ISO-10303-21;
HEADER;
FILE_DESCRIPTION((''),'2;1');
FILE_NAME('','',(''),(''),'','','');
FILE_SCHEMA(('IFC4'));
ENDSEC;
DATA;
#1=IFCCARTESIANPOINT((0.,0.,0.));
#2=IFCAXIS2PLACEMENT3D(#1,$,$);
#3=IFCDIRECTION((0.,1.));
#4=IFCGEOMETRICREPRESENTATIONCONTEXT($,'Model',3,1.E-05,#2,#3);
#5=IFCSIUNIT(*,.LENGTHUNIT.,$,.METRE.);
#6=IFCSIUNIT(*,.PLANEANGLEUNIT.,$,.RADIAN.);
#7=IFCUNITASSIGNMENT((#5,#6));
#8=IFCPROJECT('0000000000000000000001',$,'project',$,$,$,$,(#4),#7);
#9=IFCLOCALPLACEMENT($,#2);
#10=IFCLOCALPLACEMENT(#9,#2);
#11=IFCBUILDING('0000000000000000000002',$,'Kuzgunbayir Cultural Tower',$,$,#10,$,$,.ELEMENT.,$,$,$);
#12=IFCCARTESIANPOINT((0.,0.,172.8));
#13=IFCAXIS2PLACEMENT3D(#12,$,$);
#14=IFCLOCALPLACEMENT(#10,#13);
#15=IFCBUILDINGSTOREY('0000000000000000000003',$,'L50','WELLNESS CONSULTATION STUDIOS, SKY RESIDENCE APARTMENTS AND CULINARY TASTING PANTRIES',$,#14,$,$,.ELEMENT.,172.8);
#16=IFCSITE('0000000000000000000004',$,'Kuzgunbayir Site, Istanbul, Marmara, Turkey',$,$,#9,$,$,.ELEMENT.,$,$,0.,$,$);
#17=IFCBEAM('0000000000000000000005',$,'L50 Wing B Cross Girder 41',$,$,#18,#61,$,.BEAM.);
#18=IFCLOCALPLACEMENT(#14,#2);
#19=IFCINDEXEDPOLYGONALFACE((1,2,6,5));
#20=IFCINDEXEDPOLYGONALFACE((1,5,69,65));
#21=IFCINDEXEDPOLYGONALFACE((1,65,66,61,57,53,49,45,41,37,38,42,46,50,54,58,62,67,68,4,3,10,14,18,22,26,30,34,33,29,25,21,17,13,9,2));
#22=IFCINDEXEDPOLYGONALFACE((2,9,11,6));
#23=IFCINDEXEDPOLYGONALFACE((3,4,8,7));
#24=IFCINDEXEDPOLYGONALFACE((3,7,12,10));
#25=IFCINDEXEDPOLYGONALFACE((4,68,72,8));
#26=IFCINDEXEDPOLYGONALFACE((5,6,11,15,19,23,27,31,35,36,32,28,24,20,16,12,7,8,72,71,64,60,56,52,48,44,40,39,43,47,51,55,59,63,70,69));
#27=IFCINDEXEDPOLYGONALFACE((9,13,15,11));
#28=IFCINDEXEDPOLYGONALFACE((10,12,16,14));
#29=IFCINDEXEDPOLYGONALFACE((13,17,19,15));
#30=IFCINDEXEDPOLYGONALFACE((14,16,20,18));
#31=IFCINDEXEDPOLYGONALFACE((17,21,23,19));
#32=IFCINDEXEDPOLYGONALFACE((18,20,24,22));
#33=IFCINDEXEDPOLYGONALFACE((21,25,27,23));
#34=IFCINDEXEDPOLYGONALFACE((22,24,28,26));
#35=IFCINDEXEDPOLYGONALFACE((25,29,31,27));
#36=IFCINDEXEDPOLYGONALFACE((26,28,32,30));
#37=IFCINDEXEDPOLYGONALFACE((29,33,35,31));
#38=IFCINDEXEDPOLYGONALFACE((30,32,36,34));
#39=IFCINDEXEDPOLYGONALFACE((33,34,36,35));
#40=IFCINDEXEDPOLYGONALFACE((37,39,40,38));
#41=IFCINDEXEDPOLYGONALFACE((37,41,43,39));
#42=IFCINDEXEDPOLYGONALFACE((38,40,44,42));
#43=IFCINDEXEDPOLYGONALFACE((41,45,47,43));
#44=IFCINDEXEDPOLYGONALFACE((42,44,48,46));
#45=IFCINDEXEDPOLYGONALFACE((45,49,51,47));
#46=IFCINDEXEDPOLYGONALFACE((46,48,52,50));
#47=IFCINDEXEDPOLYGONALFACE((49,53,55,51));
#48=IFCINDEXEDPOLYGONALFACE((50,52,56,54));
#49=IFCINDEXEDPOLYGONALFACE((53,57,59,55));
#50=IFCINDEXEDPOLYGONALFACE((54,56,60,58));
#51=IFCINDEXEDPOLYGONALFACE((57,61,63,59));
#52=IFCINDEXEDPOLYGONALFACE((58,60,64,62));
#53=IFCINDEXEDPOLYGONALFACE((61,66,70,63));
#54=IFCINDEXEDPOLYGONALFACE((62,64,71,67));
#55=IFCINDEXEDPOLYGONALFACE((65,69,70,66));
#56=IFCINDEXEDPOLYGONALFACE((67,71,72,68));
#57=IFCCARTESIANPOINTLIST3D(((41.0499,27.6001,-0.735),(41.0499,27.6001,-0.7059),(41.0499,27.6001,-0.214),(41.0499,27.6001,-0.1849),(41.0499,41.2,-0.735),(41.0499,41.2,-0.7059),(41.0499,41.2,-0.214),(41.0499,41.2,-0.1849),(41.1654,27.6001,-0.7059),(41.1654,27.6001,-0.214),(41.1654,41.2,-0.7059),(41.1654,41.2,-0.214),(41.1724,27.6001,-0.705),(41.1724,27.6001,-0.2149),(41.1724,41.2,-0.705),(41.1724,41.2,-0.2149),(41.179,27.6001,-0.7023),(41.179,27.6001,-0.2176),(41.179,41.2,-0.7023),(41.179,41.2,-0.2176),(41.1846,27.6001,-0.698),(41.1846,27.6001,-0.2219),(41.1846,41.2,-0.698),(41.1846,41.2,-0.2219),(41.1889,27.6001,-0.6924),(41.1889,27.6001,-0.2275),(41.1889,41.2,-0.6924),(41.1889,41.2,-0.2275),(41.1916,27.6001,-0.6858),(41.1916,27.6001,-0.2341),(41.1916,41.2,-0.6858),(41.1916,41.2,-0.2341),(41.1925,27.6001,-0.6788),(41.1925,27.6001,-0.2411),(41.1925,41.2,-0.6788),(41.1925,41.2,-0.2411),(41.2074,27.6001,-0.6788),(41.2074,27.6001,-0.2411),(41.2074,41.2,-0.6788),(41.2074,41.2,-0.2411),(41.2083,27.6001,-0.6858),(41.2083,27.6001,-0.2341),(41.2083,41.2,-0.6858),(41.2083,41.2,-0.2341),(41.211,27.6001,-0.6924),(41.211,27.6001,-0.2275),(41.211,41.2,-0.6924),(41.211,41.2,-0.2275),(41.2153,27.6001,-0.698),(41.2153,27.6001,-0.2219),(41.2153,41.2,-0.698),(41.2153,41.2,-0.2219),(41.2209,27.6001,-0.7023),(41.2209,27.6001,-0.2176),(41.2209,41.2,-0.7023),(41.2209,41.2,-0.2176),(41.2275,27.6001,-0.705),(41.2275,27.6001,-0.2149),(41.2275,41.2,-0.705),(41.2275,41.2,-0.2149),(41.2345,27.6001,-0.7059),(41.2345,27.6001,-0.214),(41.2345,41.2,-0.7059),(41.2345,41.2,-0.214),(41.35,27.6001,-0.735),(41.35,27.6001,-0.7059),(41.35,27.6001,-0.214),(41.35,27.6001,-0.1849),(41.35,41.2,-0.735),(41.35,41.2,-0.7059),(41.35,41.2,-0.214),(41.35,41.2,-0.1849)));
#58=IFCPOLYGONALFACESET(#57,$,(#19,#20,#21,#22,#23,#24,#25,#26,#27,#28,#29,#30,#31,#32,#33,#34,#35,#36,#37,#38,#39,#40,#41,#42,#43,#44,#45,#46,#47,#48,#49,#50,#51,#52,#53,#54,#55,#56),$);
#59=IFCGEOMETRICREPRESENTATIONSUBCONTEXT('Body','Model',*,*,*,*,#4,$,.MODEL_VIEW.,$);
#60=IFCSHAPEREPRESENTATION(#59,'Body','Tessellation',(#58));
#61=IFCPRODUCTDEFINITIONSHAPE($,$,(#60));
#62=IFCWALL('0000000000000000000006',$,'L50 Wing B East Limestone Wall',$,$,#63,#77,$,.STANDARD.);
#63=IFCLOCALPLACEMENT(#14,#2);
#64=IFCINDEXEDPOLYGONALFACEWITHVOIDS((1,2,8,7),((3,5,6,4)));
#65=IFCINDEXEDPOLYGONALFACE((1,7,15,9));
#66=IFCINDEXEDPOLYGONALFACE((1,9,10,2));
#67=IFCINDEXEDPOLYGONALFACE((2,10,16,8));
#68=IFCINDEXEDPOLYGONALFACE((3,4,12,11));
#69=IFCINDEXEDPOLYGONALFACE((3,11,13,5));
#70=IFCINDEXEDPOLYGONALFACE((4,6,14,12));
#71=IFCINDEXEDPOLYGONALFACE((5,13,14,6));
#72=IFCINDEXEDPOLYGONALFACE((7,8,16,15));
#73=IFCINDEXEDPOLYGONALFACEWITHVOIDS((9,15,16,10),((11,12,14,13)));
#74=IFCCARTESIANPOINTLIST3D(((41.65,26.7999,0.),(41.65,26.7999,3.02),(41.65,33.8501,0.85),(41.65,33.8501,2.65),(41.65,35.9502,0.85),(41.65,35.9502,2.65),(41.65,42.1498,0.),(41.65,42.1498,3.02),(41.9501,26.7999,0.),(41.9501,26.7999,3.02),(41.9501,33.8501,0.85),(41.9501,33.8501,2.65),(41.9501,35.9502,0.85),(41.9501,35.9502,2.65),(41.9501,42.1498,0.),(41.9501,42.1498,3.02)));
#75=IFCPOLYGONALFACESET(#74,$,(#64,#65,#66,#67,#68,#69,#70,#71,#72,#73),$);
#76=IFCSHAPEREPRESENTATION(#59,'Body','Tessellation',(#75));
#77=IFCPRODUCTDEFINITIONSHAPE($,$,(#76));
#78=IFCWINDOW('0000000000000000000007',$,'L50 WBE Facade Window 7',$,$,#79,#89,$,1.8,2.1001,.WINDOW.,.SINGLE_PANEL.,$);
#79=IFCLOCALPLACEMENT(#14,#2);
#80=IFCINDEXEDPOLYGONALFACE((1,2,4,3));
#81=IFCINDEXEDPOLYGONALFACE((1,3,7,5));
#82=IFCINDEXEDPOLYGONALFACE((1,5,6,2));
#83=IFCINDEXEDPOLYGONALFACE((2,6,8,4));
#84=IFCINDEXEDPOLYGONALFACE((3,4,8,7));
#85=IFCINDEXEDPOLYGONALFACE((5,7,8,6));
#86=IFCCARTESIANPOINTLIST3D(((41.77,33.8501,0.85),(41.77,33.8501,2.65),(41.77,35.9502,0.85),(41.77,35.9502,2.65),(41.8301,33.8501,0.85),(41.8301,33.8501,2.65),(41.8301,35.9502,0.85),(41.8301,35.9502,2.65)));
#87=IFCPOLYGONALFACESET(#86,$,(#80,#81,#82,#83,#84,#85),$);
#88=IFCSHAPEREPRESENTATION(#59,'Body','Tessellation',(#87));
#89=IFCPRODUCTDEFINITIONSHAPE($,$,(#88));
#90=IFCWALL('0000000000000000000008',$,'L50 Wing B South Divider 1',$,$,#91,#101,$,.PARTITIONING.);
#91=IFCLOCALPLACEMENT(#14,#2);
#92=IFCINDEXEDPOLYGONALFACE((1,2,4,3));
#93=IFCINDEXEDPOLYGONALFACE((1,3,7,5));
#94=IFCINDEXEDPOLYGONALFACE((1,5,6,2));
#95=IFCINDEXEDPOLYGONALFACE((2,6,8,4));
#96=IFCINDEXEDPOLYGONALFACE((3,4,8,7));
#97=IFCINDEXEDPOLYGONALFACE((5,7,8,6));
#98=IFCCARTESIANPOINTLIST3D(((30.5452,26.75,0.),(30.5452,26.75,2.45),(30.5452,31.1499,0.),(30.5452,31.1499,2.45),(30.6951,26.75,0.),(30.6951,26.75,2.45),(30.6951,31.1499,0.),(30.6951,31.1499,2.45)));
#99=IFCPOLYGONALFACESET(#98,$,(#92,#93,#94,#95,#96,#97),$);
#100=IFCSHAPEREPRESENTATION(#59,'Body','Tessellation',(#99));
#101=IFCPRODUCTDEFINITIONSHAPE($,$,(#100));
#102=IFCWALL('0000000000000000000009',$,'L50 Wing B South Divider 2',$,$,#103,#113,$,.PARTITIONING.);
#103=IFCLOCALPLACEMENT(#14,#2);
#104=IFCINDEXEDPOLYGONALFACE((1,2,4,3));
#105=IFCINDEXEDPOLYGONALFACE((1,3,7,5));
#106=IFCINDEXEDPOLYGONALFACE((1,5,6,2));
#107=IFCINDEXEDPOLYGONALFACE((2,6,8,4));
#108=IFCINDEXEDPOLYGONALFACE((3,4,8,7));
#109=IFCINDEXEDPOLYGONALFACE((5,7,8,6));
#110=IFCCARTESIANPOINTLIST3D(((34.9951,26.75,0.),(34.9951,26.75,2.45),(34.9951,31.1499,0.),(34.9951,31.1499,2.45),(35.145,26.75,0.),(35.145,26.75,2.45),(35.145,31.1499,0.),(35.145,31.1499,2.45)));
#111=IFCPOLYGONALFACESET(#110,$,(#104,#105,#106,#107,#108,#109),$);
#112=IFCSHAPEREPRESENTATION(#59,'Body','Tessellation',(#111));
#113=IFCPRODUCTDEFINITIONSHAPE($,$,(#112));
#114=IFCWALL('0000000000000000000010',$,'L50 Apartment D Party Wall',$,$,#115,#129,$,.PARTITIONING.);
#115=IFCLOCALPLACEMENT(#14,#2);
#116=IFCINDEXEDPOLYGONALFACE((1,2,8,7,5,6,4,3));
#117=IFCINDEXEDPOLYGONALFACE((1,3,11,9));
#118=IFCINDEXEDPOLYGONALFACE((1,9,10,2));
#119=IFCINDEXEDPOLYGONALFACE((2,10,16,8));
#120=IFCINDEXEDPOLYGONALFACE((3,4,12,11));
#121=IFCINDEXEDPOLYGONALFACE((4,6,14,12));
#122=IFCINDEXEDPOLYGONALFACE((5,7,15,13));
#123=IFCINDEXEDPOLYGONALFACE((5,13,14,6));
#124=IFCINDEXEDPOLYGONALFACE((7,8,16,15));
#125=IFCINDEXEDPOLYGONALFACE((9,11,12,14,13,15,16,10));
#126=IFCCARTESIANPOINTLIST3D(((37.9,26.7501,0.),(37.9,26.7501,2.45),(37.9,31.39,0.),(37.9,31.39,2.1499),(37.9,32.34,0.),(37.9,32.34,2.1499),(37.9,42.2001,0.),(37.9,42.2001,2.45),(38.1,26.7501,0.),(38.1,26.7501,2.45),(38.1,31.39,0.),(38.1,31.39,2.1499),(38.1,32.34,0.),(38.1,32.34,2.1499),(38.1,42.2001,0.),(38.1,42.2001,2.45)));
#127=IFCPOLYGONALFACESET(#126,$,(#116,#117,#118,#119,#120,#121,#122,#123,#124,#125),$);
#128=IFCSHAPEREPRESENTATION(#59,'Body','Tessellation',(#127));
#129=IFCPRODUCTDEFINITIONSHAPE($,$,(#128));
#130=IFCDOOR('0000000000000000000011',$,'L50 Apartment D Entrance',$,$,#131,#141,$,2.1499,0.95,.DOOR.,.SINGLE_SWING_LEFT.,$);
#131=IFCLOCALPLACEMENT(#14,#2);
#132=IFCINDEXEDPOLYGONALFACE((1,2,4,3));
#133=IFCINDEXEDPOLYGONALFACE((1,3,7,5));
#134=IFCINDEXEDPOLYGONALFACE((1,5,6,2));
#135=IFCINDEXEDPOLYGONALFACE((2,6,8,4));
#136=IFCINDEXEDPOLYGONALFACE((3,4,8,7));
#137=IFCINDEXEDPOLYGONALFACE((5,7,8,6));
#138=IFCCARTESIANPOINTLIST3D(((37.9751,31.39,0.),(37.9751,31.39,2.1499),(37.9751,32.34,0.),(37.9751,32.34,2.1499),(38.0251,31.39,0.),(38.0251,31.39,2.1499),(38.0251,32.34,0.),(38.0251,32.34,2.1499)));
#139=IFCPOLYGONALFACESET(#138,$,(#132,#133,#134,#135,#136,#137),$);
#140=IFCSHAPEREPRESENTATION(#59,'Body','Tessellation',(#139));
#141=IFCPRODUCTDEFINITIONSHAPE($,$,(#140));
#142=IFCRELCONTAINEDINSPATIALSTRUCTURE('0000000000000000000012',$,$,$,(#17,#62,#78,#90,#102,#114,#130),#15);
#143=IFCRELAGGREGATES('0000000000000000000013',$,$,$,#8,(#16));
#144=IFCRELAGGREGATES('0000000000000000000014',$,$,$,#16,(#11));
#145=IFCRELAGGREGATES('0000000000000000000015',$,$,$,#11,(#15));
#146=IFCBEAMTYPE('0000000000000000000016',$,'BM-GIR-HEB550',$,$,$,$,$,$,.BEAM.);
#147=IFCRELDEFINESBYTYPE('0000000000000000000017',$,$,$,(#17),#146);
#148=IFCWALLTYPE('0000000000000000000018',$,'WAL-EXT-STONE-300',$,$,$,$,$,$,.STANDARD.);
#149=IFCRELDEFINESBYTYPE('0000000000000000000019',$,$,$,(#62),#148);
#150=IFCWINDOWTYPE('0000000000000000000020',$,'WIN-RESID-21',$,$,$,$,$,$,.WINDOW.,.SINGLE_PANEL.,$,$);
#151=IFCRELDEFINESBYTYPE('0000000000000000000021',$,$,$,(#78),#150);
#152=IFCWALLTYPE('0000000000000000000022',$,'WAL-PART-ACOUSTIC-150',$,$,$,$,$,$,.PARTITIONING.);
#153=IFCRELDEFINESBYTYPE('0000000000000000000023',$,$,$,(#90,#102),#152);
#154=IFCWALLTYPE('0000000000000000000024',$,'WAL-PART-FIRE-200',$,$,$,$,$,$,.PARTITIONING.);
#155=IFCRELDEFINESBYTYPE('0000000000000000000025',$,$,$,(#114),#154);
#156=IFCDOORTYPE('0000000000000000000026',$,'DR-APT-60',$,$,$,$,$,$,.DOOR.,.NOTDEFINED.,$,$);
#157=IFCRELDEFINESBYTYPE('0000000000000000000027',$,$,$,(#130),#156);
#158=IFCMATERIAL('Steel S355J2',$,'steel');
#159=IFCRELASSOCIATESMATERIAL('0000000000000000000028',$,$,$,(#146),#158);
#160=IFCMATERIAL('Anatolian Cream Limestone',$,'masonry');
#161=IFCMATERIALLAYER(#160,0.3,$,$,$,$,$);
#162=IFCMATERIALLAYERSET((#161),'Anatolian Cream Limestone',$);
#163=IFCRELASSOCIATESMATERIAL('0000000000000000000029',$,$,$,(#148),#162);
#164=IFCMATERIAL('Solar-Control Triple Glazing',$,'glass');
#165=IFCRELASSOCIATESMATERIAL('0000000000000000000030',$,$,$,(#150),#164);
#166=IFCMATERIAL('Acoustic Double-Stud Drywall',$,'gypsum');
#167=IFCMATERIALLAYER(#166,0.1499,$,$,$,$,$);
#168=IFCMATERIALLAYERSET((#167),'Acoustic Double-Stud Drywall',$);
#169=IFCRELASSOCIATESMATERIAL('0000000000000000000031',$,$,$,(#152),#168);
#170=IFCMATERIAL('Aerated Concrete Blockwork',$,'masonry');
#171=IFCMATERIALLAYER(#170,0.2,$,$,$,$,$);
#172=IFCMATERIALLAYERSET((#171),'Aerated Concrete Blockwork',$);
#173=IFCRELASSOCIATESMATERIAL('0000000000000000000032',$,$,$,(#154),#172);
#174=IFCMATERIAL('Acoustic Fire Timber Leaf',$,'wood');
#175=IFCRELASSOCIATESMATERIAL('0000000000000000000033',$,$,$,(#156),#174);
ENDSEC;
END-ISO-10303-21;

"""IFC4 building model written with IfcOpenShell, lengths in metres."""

from ifc_helpers import new_model, si_unit, direction, frame, frame_2d, origin, origin_2d, place, context, subcontext, project, spatial, rectangle, i_section, extrude, material, layer, layer_set, material_profile, profile_set, type_object, element, fill, save


model = new_model("IFC4")

# Units and contexts
model_context = context("Model", 3, precision=1e-05, world=origin(), true_north=direction((0.0, 1.0)))
body_context = subcontext(model_context, "Body", "Model", "MODEL_VIEW")
ifc_project = project(units=[si_unit("LENGTHUNIT", "METRE"), si_unit("PLANEANGLEUNIT", "RADIAN")], contexts=[model_context])

# Site, building, storey
site_placement = place(None, origin())
site = spatial("IfcSite", under=ifc_project, at=site_placement, Name="Kuzgunbayir Site, Istanbul, Marmara, Turkey", CompositionType="ELEMENT", RefElevation=0.0)
building_placement = place(site_placement, origin())
building = spatial("IfcBuilding", under=site, at=building_placement, Name="Kuzgunbayir Cultural Tower", CompositionType="ELEMENT")
storey_placement = place(building_placement, frame((0.0, 0.0, 172.8)))
storey = spatial("IfcBuildingStorey", under=building, at=storey_placement, Name="L50", Description="WELLNESS CONSULTATION STUDIOS, SKY RESIDENCE APARTMENTS AND CULINARY TASTING PANTRIES", CompositionType="ELEMENT", Elevation=172.8)

# Beam
ifc_material_1 = material(Name="Steel S355J2", Category="steel")
ifc_material_profile_1 = material_profile(ifc_material_1, i_section(OverallWidth=0.3, OverallDepth=0.55, WebThickness=0.0149, FlangeThickness=0.0291, FilletRadius=0.0271, at=origin_2d()), Name="HEB 550")
ifc_profile_set_1 = profile_set([ifc_material_profile_1], Name="Steel S355J2")
beam_type_1 = type_object("IfcBeamType", Name="BM-GIR-HEB550", PredefinedType="BEAM", material=ifc_profile_set_1)
beam_1_placement = place(storey_placement, frame((41.2, 27.6001, -0.46), z_axis=(0.0, 1.0, 0.0), x_axis=(-1.0, 0.0, 0.0)))
element("IfcBeam", 1, at=beam_1_placement, inside=storey, type_object=beam_type_1, Name="L50 Wing B Cross Girder 41", PredefinedType="BEAM", context=body_context, shape_type="SweptSolid", body=[
    extrude(i_section(OverallWidth=0.3, OverallDepth=0.55, WebThickness=0.0149, FlangeThickness=0.0291, FilletRadius=0.0271, at=origin_2d()), origin(), (0.0, 0.0, 1.0), 13.5999),
])

# Wall, opening, window
ifc_material_2 = material(Name="Anatolian Cream Limestone", Category="masonry")
ifc_layer_1 = layer(ifc_material_2, 0.3)
ifc_layer_set_1 = layer_set([ifc_layer_1], Name="Anatolian Cream Limestone")
wall_type_1 = type_object("IfcWallType", Name="WAL-EXT-STONE-300", PredefinedType="STANDARD", material=ifc_layer_set_1)
wall_1_placement = place(storey_placement, frame((41.8, 26.8, 0.0), z_axis=(0.0, 0.0, 1.0), x_axis=(0.0, 1.0, 0.0)))
wall_1 = element("IfcWall", 2, at=wall_1_placement, inside=storey, type_object=wall_type_1, Name="L50 Wing B East Limestone Wall", PredefinedType="STANDARD", context=body_context, shape_type="SweptSolid", body=[
    extrude(rectangle(XDim=15.3499, YDim=0.3, at=frame_2d((7.6748, 0.0))), origin(), (0.0, 0.0, 1.0), 3.02),
])
opening_1_placement = place(wall_1_placement, frame((7.05, 0.0, 0.8501)))
opening_1 = element("IfcOpeningElement", 3, at=opening_1_placement, cuts=wall_1, PredefinedType="OPENING", context=body_context, shape_type="SweptSolid", body=[
    extrude(rectangle(XDim=2.1001, YDim=1.8, at=frame_2d((1.05, 0.8999))), frame((0.0, 0.1602, 0.0), z_axis=(0.0, -1.0, 0.0), x_axis=(1.0, 0.0, 0.0)), (0.0, 0.0, 1.0), 0.3201),
])
ifc_material_3 = material(Name="Solar-Control Triple Glazing", Category="glass")
window_type = type_object("IfcWindowType", Name="WIN-RESID-21", PartitioningType="SINGLE_PANEL", PredefinedType="WINDOW", material=ifc_material_3)
window_placement = place(opening_1_placement, origin())
window = element("IfcWindow", 4, at=window_placement, inside=storey, type_object=window_type, Name="L50 WBE Facade Window 7", OverallHeight=1.8, OverallWidth=2.1001, PartitioningType="SINGLE_PANEL", PredefinedType="WINDOW", context=body_context, shape_type="SweptSolid", body=[
    extrude(rectangle(XDim=2.1001, YDim=1.8, at=frame_2d((1.05, 0.8999))), frame((0.0, 0.03, 0.0), z_axis=(0.0, -1.0, 0.0), x_axis=(1.0, 0.0, 0.0)), (0.0, 0.0, 1.0), 0.0601),
])
fill(opening_1, window)

# Walls
ifc_material_4 = material(Name="Acoustic Double-Stud Drywall", Category="gypsum")
ifc_layer_2 = layer(ifc_material_4, 0.1499)
ifc_layer_set_2 = layer_set([ifc_layer_2], Name="Acoustic Double-Stud Drywall")
wall_type_2 = type_object("IfcWallType", Name="WAL-PART-ACOUSTIC-150", PredefinedType="PARTITIONING", material=ifc_layer_set_2)
for number, where, z_axis, x_axis, name in (
    (5, (30.6201, 26.75, 0.0), (0.0, 0.0, 1.0), (0.0, 1.0, 0.0), "L50 Wing B South Divider 1"),
    (6, (35.0701, 26.75, 0.0), (0.0, 0.0, 1.0), (0.0, 1.0, 0.0), "L50 Wing B South Divider 2"),
):
    element("IfcWall", number, at=place(storey_placement, frame(where, z_axis=z_axis, x_axis=x_axis)), inside=storey, type_object=wall_type_2, Name=name, PredefinedType="PARTITIONING", context=body_context, shape_type="SweptSolid", body=[
        extrude(rectangle(XDim=4.3999, YDim=0.1499, at=frame_2d((2.2, 0.0))), origin(), (0.0, 0.0, 1.0), 2.45),
    ])

# Wall, opening, door
ifc_material_5 = material(Name="Aerated Concrete Blockwork", Category="masonry")
ifc_layer_3 = layer(ifc_material_5, 0.2)
ifc_layer_set_3 = layer_set([ifc_layer_3], Name="Aerated Concrete Blockwork")
wall_type_3 = type_object("IfcWallType", Name="WAL-PART-FIRE-200", PredefinedType="PARTITIONING", material=ifc_layer_set_3)
wall_2_placement = place(storey_placement, frame((38.0, 26.75, 0.0), z_axis=(0.0, 0.0, 1.0), x_axis=(0.0, 1.0, 0.0)))
wall_2 = element("IfcWall", 7, at=wall_2_placement, inside=storey, type_object=wall_type_3, Name="L50 Apartment D Party Wall", PredefinedType="PARTITIONING", context=body_context, shape_type="SweptSolid", body=[
    extrude(rectangle(XDim=15.45, YDim=0.2, at=frame_2d((7.7251, 0.0))), origin(), (0.0, 0.0, 1.0), 2.45),
])
opening_2_placement = place(wall_2_placement, frame((4.6399, 0.0, 0.0)))
opening_2 = element("IfcOpeningElement", 8, at=opening_2_placement, cuts=wall_2, PredefinedType="OPENING", context=body_context, shape_type="SweptSolid", body=[
    extrude(rectangle(XDim=0.95, YDim=2.1499, at=frame_2d((0.4751, 1.075))), frame((0.0, 0.1099, 0.0), z_axis=(0.0, -1.0, 0.0), x_axis=(1.0, 0.0, 0.0)), (0.0, 0.0, 1.0), 0.22),
])
ifc_material_6 = material(Name="Acoustic Fire Timber Leaf", Category="wood")
door_type = type_object("IfcDoorType", Name="DR-APT-60", OperationType="NOTDEFINED", PredefinedType="DOOR", material=ifc_material_6)
door_placement = place(opening_2_placement, origin())
door = element("IfcDoor", 9, at=door_placement, inside=storey, type_object=door_type, Name="L50 Apartment D Entrance", OperationType="SINGLE_SWING_LEFT", OverallHeight=2.1499, OverallWidth=0.95, PredefinedType="DOOR", context=body_context, shape_type="SweptSolid", body=[
    extrude(rectangle(XDim=0.95, YDim=2.1499, at=frame_2d((0.4751, 1.075))), frame((0.0, 0.0249, 0.0), z_axis=(0.0, -1.0, 0.0), x_axis=(1.0, 0.0, 0.0)), (0.0, 0.0, 1.0), 0.05),
])
fill(opening_2, door)

save(model, "model.ifc")
